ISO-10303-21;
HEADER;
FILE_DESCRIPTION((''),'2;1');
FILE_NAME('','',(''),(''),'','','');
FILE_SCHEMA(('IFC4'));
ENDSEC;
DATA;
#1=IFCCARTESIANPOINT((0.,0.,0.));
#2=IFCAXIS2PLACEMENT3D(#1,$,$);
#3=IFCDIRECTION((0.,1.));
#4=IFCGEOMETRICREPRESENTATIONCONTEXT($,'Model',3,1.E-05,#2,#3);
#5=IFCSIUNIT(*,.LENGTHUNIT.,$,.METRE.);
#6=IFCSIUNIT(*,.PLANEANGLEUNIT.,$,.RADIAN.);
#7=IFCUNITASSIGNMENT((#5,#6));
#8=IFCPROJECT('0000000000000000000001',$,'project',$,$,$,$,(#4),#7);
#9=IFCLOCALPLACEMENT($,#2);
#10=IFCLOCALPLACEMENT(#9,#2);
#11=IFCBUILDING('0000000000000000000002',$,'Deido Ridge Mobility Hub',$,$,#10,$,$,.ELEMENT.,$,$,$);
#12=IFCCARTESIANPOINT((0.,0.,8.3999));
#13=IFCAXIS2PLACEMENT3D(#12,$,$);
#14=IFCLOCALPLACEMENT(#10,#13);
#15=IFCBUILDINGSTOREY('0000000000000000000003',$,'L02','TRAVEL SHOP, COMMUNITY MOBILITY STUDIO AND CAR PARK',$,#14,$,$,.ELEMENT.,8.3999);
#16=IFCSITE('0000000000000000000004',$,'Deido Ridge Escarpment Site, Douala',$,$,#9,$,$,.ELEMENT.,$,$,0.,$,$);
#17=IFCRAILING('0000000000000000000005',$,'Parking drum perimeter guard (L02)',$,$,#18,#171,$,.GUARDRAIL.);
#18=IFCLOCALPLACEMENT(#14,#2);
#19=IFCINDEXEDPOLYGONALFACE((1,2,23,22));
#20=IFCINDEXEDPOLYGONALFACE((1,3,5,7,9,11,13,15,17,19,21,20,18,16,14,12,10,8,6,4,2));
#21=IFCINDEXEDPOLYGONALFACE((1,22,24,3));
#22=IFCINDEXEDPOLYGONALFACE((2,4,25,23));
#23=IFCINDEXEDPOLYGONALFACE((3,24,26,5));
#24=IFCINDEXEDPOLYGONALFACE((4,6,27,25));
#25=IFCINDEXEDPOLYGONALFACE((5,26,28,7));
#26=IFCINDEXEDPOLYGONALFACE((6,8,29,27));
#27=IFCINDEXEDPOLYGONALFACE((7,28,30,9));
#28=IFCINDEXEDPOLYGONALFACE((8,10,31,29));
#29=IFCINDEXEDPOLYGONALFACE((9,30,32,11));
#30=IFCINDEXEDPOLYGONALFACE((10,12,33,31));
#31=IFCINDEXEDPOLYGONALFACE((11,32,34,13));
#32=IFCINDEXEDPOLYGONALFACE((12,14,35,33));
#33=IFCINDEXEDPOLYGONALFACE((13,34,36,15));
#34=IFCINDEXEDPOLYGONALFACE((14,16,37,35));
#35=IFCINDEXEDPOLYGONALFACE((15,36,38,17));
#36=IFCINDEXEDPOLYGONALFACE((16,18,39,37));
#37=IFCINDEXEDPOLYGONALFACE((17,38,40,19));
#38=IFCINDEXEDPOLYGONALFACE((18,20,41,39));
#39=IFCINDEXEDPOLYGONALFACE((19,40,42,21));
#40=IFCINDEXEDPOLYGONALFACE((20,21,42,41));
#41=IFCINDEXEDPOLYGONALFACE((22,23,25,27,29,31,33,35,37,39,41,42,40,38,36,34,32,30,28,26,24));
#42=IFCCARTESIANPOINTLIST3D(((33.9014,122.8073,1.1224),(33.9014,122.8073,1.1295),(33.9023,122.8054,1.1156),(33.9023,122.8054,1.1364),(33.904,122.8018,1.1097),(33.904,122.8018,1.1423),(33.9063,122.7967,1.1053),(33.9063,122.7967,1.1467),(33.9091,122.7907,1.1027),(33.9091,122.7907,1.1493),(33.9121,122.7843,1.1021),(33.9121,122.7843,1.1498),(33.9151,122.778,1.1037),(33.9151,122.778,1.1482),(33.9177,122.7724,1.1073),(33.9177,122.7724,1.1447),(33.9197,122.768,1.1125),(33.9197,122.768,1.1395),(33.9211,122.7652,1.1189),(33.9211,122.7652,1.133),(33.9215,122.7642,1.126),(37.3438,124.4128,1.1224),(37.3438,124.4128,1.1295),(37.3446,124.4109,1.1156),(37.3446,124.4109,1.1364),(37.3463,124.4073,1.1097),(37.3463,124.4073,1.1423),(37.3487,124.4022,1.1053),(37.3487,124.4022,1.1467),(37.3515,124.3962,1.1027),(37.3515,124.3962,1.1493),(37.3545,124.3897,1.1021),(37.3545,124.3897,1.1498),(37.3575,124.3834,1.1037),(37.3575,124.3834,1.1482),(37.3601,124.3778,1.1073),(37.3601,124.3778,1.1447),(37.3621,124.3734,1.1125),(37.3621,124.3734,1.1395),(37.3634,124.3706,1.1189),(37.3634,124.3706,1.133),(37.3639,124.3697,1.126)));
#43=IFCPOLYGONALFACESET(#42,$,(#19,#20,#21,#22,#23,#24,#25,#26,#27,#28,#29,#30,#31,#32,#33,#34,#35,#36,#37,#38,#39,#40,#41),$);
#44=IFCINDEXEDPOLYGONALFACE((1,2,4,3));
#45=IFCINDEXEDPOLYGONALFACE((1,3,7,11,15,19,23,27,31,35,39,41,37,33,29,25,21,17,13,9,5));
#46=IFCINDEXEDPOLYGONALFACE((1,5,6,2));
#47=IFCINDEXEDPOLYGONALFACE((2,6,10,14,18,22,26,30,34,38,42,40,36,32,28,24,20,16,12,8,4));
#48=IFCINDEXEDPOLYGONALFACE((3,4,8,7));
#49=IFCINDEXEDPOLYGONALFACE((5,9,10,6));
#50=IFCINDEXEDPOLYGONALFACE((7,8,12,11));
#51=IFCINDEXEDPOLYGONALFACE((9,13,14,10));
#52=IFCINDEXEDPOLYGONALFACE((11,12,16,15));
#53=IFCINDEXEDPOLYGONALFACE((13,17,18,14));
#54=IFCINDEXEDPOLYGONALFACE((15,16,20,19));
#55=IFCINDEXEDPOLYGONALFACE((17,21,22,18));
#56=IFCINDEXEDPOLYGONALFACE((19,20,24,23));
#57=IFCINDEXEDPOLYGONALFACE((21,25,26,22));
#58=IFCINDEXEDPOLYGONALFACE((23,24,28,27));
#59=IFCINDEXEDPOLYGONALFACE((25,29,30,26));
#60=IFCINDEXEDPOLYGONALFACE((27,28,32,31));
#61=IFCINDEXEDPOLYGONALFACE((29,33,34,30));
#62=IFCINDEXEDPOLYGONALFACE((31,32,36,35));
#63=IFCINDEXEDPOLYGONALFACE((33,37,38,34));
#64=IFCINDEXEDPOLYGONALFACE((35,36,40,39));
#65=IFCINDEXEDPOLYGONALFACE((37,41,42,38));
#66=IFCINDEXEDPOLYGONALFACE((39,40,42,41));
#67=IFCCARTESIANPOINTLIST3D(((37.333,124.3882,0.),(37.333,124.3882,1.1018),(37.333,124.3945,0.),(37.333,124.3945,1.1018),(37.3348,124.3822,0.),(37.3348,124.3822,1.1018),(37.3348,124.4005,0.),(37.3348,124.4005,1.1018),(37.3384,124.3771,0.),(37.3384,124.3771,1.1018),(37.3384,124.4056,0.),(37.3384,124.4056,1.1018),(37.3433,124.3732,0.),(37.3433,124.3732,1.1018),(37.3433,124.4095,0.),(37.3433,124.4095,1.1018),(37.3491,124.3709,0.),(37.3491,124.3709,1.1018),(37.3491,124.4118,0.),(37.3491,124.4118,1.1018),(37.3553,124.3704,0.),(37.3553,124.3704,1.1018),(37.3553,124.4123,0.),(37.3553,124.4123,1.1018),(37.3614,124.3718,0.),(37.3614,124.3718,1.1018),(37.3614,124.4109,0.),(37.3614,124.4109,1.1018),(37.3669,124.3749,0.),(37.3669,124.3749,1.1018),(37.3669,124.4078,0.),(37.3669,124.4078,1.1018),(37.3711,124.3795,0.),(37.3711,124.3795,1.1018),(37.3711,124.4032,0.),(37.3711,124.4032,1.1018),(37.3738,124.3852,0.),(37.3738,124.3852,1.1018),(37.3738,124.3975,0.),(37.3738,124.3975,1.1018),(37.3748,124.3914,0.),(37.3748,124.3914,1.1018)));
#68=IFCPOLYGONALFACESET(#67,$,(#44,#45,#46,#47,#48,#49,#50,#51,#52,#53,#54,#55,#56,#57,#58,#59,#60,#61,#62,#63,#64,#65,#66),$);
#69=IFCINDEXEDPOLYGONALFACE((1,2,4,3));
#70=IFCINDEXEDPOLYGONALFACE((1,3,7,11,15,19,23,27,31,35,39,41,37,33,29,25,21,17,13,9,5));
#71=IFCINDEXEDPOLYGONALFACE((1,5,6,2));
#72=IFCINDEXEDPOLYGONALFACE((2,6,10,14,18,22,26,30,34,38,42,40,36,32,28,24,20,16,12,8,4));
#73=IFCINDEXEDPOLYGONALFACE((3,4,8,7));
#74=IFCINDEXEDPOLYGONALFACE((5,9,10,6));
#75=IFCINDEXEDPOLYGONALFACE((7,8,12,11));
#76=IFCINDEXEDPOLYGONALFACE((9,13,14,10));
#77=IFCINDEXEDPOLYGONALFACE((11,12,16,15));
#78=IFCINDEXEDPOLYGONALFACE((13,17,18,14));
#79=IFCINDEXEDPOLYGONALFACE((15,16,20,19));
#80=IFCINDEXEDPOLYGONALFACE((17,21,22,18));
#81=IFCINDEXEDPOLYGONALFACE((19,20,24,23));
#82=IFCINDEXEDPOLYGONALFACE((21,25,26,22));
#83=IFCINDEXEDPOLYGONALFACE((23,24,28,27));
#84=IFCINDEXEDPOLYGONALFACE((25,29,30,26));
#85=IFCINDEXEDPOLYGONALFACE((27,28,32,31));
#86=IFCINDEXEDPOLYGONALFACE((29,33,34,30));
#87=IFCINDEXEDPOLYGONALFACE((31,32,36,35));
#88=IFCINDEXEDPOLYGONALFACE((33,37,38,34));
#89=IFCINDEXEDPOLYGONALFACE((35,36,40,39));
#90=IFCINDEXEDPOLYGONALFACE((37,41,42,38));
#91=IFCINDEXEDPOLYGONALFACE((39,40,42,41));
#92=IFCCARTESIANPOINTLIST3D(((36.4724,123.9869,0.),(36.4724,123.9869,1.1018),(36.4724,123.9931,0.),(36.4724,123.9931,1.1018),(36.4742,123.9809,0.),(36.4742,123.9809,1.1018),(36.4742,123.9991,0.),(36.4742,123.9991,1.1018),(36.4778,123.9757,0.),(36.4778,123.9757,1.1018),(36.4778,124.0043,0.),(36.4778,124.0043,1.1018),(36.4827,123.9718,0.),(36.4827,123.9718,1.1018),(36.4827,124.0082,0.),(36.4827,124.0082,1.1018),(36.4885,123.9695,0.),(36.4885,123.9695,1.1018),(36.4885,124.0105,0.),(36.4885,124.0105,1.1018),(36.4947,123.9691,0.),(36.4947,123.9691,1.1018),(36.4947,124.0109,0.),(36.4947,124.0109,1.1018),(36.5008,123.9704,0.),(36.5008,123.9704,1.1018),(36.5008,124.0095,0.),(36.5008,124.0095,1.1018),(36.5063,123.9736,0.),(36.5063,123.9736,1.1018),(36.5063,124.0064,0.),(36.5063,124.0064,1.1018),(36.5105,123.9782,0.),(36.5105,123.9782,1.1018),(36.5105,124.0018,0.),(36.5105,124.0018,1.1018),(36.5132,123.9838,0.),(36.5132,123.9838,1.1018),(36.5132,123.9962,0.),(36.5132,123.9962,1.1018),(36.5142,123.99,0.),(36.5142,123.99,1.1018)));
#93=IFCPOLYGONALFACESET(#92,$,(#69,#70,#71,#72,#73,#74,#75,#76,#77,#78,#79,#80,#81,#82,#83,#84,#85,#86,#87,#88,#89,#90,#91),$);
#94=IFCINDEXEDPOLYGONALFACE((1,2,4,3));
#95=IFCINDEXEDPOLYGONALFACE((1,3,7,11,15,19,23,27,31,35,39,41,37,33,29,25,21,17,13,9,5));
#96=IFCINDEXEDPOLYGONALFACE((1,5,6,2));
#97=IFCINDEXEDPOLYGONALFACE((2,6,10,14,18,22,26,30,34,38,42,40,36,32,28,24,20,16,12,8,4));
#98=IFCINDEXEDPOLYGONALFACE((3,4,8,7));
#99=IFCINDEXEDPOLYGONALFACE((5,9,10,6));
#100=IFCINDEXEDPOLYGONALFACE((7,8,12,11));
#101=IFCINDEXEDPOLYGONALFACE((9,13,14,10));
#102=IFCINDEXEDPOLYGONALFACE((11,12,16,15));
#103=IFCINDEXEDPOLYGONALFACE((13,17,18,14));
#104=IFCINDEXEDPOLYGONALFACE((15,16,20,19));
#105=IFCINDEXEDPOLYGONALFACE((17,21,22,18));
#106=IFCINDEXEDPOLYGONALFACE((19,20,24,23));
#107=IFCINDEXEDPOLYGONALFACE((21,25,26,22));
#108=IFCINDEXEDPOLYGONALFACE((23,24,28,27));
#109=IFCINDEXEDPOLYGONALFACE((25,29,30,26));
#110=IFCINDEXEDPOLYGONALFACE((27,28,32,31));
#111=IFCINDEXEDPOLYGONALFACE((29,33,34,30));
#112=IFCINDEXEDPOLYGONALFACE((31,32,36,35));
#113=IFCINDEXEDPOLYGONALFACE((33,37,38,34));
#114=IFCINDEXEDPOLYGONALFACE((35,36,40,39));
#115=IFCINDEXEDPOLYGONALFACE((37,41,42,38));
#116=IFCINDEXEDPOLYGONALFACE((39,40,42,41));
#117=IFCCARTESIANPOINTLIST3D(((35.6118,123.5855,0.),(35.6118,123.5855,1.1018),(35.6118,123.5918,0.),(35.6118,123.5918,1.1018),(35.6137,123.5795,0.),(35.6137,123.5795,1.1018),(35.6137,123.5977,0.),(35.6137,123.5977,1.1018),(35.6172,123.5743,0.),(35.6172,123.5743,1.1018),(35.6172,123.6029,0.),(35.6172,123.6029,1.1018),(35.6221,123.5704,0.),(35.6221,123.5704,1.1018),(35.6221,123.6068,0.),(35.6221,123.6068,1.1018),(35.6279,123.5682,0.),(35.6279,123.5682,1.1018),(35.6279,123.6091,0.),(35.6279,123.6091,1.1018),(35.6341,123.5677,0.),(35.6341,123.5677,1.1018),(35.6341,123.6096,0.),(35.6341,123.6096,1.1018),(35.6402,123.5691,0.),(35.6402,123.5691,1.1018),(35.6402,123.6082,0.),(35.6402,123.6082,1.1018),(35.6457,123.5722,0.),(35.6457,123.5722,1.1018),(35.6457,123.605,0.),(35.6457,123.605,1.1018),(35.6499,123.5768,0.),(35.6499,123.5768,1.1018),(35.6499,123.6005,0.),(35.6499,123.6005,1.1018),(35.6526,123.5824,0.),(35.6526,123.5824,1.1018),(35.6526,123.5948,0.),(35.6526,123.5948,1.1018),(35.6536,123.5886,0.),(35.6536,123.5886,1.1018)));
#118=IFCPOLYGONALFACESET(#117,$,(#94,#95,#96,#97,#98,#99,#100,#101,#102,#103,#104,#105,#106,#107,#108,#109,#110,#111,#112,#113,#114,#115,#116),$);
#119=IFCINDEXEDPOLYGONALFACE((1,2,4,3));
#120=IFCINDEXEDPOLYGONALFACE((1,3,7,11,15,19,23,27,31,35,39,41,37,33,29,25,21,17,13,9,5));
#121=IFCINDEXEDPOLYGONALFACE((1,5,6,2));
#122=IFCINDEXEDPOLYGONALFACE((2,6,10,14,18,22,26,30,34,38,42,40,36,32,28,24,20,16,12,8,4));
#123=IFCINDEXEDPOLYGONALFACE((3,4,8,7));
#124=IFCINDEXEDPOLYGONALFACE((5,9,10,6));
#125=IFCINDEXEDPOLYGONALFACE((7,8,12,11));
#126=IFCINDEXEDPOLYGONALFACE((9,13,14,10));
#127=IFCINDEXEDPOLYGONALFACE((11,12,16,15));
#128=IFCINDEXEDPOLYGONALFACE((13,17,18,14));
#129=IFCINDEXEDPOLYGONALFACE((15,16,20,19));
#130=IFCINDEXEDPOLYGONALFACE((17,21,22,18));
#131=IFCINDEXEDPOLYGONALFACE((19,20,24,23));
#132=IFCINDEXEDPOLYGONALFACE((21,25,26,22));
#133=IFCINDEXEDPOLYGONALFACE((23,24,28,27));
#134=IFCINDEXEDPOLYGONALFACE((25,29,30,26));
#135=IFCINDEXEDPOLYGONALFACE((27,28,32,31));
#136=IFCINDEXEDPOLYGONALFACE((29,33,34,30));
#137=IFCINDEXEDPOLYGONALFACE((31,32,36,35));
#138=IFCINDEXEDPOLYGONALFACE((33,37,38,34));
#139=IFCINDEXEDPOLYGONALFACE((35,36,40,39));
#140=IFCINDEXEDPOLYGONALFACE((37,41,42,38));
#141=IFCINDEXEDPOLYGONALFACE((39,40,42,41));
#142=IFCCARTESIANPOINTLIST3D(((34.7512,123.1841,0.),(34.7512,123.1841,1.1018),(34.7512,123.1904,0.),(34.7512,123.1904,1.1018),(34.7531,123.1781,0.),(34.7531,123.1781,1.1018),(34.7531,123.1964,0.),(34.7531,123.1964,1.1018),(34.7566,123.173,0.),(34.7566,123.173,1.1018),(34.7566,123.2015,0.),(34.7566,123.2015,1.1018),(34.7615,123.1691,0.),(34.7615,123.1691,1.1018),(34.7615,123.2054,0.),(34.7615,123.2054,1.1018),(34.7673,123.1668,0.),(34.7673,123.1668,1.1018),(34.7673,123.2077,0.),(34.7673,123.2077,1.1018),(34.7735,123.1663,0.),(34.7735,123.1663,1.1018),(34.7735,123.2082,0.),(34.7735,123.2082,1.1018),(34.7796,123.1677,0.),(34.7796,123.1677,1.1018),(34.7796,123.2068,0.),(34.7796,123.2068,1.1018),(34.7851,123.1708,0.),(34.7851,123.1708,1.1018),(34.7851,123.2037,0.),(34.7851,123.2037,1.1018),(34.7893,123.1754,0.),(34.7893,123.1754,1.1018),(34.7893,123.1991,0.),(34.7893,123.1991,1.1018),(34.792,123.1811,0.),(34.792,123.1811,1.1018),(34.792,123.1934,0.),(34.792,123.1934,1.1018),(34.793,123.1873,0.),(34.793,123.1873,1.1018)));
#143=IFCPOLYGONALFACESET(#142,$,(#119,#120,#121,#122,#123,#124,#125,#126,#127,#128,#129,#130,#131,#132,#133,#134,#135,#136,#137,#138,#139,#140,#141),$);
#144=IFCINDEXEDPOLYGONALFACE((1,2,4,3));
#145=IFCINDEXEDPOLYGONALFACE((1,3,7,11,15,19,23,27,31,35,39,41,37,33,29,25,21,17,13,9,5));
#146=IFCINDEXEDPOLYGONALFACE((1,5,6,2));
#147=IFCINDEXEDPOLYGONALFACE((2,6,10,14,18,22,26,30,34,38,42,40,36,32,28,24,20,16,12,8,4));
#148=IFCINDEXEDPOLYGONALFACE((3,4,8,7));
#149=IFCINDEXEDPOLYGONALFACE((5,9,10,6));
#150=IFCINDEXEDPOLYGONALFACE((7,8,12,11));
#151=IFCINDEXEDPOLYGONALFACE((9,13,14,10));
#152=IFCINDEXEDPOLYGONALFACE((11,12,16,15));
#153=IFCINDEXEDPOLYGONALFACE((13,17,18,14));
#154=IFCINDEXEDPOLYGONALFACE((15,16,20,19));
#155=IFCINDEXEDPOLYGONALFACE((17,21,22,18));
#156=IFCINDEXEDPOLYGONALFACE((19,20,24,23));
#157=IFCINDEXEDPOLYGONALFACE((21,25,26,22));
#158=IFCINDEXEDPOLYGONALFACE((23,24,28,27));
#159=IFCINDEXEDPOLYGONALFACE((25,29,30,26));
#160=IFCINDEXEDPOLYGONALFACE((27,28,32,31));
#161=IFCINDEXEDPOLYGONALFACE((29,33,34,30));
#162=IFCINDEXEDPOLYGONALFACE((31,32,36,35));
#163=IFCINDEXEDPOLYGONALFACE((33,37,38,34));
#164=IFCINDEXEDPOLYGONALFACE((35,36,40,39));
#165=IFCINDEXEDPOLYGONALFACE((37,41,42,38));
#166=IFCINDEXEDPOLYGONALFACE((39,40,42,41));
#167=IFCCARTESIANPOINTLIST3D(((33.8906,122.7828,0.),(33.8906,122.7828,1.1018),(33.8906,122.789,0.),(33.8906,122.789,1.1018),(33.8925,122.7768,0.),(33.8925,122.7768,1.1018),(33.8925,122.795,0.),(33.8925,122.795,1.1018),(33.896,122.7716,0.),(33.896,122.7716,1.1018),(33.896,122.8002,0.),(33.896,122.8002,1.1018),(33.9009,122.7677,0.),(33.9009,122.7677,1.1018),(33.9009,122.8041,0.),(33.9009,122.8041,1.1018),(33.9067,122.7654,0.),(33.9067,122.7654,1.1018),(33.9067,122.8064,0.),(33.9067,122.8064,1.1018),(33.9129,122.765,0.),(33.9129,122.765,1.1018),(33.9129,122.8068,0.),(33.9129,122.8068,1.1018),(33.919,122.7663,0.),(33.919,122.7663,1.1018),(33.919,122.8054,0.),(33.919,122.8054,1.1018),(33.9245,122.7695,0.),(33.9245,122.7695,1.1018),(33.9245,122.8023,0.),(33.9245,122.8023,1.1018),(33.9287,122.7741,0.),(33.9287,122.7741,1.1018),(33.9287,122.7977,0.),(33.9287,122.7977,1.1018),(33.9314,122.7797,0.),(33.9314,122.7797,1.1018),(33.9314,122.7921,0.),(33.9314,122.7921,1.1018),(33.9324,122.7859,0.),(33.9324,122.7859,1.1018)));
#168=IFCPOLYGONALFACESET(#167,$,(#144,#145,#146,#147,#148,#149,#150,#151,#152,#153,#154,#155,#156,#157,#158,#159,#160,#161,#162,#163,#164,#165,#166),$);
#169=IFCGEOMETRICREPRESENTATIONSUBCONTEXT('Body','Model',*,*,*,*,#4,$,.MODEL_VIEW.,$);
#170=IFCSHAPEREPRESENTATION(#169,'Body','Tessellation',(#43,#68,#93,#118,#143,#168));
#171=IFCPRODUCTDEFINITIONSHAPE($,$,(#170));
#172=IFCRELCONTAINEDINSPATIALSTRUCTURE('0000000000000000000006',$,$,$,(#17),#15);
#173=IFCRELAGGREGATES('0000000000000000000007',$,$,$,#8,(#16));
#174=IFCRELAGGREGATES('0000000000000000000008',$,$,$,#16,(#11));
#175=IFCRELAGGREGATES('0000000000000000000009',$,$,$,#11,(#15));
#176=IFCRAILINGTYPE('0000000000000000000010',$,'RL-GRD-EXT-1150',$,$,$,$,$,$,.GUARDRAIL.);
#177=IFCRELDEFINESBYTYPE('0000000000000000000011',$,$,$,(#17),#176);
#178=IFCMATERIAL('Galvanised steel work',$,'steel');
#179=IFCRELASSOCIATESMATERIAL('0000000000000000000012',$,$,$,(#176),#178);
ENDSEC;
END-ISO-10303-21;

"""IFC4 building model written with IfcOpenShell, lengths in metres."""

from ifc_helpers import new_model, si_unit, direction, frame, origin, origin_2d, place, context, subcontext, project, spatial, circle, extrude, material, type_object, element, save


model = new_model("IFC4")

# Units and contexts
model_context = context("Model", 3, precision=1e-05, world=origin(), true_north=direction((0.0, 1.0)))
body_context = subcontext(model_context, "Body", "Model", "MODEL_VIEW")
ifc_project = project(units=[si_unit("LENGTHUNIT", "METRE"), si_unit("PLANEANGLEUNIT", "RADIAN")], contexts=[model_context])

# Site, building, storey
site_placement = place(None, origin())
site = spatial("IfcSite", under=ifc_project, at=site_placement, Name="Deido Ridge Escarpment Site, Douala", CompositionType="ELEMENT", RefElevation=0.0)
building_placement = place(site_placement, origin())
building = spatial("IfcBuilding", under=site, at=building_placement, Name="Deido Ridge Mobility Hub", CompositionType="ELEMENT")
storey_placement = place(building_placement, frame((0.0, 0.0, 8.3999)))
storey = spatial("IfcBuildingStorey", under=building, at=storey_placement, Name="L02", Description="TRAVEL SHOP, COMMUNITY MOBILITY STUDIO AND CAR PARK", CompositionType="ELEMENT", Elevation=8.3999)

# Railing
ifc_material_1 = material(Name="Galvanised steel work", Category="steel")
railing_type = type_object("IfcRailingType", Name="RL-GRD-EXT-1150", PredefinedType="GUARDRAIL", material=ifc_material_1)
railing_1_placement = place(storey_placement, frame((37.3538, 124.3914, 0.0)))
element("IfcRailing", 1, at=railing_1_placement, inside=storey, type_object=railing_type, Name="Parking drum perimeter guard (L02)", PredefinedType="GUARDRAIL", context=body_context, shape_type="SweptSolid", body=[
    extrude(circle(Radius=0.0239, at=origin_2d()), frame((0.0, 0.0, 1.126), z_axis=(-0.906282, -0.422674, 0.0), x_axis=(0.422674, -0.906282, 0.0)), (0.0, 0.0, 1.0), 3.7983),
    extrude(circle(Radius=0.021, at=origin_2d()), origin(), (0.0, 0.0, 1.0), 1.1018),
    extrude(circle(Radius=0.021, at=origin_2d()), frame((-0.8606, -0.4014, 0.0)), (0.0, 0.0, 1.0), 1.1018),
    extrude(circle(Radius=0.021, at=origin_2d()), frame((-1.7212, -0.8027, 0.0)), (0.0, 0.0, 1.0), 1.1018),
    extrude(circle(Radius=0.021, at=origin_2d()), frame((-2.5818, -1.2041, 0.0)), (0.0, 0.0, 1.0), 1.1018),
    extrude(circle(Radius=0.021, at=origin_2d()), frame((-3.4424, -1.6055, 0.0)), (0.0, 0.0, 1.0), 1.1018),
])

save(model, "model.ifc")
